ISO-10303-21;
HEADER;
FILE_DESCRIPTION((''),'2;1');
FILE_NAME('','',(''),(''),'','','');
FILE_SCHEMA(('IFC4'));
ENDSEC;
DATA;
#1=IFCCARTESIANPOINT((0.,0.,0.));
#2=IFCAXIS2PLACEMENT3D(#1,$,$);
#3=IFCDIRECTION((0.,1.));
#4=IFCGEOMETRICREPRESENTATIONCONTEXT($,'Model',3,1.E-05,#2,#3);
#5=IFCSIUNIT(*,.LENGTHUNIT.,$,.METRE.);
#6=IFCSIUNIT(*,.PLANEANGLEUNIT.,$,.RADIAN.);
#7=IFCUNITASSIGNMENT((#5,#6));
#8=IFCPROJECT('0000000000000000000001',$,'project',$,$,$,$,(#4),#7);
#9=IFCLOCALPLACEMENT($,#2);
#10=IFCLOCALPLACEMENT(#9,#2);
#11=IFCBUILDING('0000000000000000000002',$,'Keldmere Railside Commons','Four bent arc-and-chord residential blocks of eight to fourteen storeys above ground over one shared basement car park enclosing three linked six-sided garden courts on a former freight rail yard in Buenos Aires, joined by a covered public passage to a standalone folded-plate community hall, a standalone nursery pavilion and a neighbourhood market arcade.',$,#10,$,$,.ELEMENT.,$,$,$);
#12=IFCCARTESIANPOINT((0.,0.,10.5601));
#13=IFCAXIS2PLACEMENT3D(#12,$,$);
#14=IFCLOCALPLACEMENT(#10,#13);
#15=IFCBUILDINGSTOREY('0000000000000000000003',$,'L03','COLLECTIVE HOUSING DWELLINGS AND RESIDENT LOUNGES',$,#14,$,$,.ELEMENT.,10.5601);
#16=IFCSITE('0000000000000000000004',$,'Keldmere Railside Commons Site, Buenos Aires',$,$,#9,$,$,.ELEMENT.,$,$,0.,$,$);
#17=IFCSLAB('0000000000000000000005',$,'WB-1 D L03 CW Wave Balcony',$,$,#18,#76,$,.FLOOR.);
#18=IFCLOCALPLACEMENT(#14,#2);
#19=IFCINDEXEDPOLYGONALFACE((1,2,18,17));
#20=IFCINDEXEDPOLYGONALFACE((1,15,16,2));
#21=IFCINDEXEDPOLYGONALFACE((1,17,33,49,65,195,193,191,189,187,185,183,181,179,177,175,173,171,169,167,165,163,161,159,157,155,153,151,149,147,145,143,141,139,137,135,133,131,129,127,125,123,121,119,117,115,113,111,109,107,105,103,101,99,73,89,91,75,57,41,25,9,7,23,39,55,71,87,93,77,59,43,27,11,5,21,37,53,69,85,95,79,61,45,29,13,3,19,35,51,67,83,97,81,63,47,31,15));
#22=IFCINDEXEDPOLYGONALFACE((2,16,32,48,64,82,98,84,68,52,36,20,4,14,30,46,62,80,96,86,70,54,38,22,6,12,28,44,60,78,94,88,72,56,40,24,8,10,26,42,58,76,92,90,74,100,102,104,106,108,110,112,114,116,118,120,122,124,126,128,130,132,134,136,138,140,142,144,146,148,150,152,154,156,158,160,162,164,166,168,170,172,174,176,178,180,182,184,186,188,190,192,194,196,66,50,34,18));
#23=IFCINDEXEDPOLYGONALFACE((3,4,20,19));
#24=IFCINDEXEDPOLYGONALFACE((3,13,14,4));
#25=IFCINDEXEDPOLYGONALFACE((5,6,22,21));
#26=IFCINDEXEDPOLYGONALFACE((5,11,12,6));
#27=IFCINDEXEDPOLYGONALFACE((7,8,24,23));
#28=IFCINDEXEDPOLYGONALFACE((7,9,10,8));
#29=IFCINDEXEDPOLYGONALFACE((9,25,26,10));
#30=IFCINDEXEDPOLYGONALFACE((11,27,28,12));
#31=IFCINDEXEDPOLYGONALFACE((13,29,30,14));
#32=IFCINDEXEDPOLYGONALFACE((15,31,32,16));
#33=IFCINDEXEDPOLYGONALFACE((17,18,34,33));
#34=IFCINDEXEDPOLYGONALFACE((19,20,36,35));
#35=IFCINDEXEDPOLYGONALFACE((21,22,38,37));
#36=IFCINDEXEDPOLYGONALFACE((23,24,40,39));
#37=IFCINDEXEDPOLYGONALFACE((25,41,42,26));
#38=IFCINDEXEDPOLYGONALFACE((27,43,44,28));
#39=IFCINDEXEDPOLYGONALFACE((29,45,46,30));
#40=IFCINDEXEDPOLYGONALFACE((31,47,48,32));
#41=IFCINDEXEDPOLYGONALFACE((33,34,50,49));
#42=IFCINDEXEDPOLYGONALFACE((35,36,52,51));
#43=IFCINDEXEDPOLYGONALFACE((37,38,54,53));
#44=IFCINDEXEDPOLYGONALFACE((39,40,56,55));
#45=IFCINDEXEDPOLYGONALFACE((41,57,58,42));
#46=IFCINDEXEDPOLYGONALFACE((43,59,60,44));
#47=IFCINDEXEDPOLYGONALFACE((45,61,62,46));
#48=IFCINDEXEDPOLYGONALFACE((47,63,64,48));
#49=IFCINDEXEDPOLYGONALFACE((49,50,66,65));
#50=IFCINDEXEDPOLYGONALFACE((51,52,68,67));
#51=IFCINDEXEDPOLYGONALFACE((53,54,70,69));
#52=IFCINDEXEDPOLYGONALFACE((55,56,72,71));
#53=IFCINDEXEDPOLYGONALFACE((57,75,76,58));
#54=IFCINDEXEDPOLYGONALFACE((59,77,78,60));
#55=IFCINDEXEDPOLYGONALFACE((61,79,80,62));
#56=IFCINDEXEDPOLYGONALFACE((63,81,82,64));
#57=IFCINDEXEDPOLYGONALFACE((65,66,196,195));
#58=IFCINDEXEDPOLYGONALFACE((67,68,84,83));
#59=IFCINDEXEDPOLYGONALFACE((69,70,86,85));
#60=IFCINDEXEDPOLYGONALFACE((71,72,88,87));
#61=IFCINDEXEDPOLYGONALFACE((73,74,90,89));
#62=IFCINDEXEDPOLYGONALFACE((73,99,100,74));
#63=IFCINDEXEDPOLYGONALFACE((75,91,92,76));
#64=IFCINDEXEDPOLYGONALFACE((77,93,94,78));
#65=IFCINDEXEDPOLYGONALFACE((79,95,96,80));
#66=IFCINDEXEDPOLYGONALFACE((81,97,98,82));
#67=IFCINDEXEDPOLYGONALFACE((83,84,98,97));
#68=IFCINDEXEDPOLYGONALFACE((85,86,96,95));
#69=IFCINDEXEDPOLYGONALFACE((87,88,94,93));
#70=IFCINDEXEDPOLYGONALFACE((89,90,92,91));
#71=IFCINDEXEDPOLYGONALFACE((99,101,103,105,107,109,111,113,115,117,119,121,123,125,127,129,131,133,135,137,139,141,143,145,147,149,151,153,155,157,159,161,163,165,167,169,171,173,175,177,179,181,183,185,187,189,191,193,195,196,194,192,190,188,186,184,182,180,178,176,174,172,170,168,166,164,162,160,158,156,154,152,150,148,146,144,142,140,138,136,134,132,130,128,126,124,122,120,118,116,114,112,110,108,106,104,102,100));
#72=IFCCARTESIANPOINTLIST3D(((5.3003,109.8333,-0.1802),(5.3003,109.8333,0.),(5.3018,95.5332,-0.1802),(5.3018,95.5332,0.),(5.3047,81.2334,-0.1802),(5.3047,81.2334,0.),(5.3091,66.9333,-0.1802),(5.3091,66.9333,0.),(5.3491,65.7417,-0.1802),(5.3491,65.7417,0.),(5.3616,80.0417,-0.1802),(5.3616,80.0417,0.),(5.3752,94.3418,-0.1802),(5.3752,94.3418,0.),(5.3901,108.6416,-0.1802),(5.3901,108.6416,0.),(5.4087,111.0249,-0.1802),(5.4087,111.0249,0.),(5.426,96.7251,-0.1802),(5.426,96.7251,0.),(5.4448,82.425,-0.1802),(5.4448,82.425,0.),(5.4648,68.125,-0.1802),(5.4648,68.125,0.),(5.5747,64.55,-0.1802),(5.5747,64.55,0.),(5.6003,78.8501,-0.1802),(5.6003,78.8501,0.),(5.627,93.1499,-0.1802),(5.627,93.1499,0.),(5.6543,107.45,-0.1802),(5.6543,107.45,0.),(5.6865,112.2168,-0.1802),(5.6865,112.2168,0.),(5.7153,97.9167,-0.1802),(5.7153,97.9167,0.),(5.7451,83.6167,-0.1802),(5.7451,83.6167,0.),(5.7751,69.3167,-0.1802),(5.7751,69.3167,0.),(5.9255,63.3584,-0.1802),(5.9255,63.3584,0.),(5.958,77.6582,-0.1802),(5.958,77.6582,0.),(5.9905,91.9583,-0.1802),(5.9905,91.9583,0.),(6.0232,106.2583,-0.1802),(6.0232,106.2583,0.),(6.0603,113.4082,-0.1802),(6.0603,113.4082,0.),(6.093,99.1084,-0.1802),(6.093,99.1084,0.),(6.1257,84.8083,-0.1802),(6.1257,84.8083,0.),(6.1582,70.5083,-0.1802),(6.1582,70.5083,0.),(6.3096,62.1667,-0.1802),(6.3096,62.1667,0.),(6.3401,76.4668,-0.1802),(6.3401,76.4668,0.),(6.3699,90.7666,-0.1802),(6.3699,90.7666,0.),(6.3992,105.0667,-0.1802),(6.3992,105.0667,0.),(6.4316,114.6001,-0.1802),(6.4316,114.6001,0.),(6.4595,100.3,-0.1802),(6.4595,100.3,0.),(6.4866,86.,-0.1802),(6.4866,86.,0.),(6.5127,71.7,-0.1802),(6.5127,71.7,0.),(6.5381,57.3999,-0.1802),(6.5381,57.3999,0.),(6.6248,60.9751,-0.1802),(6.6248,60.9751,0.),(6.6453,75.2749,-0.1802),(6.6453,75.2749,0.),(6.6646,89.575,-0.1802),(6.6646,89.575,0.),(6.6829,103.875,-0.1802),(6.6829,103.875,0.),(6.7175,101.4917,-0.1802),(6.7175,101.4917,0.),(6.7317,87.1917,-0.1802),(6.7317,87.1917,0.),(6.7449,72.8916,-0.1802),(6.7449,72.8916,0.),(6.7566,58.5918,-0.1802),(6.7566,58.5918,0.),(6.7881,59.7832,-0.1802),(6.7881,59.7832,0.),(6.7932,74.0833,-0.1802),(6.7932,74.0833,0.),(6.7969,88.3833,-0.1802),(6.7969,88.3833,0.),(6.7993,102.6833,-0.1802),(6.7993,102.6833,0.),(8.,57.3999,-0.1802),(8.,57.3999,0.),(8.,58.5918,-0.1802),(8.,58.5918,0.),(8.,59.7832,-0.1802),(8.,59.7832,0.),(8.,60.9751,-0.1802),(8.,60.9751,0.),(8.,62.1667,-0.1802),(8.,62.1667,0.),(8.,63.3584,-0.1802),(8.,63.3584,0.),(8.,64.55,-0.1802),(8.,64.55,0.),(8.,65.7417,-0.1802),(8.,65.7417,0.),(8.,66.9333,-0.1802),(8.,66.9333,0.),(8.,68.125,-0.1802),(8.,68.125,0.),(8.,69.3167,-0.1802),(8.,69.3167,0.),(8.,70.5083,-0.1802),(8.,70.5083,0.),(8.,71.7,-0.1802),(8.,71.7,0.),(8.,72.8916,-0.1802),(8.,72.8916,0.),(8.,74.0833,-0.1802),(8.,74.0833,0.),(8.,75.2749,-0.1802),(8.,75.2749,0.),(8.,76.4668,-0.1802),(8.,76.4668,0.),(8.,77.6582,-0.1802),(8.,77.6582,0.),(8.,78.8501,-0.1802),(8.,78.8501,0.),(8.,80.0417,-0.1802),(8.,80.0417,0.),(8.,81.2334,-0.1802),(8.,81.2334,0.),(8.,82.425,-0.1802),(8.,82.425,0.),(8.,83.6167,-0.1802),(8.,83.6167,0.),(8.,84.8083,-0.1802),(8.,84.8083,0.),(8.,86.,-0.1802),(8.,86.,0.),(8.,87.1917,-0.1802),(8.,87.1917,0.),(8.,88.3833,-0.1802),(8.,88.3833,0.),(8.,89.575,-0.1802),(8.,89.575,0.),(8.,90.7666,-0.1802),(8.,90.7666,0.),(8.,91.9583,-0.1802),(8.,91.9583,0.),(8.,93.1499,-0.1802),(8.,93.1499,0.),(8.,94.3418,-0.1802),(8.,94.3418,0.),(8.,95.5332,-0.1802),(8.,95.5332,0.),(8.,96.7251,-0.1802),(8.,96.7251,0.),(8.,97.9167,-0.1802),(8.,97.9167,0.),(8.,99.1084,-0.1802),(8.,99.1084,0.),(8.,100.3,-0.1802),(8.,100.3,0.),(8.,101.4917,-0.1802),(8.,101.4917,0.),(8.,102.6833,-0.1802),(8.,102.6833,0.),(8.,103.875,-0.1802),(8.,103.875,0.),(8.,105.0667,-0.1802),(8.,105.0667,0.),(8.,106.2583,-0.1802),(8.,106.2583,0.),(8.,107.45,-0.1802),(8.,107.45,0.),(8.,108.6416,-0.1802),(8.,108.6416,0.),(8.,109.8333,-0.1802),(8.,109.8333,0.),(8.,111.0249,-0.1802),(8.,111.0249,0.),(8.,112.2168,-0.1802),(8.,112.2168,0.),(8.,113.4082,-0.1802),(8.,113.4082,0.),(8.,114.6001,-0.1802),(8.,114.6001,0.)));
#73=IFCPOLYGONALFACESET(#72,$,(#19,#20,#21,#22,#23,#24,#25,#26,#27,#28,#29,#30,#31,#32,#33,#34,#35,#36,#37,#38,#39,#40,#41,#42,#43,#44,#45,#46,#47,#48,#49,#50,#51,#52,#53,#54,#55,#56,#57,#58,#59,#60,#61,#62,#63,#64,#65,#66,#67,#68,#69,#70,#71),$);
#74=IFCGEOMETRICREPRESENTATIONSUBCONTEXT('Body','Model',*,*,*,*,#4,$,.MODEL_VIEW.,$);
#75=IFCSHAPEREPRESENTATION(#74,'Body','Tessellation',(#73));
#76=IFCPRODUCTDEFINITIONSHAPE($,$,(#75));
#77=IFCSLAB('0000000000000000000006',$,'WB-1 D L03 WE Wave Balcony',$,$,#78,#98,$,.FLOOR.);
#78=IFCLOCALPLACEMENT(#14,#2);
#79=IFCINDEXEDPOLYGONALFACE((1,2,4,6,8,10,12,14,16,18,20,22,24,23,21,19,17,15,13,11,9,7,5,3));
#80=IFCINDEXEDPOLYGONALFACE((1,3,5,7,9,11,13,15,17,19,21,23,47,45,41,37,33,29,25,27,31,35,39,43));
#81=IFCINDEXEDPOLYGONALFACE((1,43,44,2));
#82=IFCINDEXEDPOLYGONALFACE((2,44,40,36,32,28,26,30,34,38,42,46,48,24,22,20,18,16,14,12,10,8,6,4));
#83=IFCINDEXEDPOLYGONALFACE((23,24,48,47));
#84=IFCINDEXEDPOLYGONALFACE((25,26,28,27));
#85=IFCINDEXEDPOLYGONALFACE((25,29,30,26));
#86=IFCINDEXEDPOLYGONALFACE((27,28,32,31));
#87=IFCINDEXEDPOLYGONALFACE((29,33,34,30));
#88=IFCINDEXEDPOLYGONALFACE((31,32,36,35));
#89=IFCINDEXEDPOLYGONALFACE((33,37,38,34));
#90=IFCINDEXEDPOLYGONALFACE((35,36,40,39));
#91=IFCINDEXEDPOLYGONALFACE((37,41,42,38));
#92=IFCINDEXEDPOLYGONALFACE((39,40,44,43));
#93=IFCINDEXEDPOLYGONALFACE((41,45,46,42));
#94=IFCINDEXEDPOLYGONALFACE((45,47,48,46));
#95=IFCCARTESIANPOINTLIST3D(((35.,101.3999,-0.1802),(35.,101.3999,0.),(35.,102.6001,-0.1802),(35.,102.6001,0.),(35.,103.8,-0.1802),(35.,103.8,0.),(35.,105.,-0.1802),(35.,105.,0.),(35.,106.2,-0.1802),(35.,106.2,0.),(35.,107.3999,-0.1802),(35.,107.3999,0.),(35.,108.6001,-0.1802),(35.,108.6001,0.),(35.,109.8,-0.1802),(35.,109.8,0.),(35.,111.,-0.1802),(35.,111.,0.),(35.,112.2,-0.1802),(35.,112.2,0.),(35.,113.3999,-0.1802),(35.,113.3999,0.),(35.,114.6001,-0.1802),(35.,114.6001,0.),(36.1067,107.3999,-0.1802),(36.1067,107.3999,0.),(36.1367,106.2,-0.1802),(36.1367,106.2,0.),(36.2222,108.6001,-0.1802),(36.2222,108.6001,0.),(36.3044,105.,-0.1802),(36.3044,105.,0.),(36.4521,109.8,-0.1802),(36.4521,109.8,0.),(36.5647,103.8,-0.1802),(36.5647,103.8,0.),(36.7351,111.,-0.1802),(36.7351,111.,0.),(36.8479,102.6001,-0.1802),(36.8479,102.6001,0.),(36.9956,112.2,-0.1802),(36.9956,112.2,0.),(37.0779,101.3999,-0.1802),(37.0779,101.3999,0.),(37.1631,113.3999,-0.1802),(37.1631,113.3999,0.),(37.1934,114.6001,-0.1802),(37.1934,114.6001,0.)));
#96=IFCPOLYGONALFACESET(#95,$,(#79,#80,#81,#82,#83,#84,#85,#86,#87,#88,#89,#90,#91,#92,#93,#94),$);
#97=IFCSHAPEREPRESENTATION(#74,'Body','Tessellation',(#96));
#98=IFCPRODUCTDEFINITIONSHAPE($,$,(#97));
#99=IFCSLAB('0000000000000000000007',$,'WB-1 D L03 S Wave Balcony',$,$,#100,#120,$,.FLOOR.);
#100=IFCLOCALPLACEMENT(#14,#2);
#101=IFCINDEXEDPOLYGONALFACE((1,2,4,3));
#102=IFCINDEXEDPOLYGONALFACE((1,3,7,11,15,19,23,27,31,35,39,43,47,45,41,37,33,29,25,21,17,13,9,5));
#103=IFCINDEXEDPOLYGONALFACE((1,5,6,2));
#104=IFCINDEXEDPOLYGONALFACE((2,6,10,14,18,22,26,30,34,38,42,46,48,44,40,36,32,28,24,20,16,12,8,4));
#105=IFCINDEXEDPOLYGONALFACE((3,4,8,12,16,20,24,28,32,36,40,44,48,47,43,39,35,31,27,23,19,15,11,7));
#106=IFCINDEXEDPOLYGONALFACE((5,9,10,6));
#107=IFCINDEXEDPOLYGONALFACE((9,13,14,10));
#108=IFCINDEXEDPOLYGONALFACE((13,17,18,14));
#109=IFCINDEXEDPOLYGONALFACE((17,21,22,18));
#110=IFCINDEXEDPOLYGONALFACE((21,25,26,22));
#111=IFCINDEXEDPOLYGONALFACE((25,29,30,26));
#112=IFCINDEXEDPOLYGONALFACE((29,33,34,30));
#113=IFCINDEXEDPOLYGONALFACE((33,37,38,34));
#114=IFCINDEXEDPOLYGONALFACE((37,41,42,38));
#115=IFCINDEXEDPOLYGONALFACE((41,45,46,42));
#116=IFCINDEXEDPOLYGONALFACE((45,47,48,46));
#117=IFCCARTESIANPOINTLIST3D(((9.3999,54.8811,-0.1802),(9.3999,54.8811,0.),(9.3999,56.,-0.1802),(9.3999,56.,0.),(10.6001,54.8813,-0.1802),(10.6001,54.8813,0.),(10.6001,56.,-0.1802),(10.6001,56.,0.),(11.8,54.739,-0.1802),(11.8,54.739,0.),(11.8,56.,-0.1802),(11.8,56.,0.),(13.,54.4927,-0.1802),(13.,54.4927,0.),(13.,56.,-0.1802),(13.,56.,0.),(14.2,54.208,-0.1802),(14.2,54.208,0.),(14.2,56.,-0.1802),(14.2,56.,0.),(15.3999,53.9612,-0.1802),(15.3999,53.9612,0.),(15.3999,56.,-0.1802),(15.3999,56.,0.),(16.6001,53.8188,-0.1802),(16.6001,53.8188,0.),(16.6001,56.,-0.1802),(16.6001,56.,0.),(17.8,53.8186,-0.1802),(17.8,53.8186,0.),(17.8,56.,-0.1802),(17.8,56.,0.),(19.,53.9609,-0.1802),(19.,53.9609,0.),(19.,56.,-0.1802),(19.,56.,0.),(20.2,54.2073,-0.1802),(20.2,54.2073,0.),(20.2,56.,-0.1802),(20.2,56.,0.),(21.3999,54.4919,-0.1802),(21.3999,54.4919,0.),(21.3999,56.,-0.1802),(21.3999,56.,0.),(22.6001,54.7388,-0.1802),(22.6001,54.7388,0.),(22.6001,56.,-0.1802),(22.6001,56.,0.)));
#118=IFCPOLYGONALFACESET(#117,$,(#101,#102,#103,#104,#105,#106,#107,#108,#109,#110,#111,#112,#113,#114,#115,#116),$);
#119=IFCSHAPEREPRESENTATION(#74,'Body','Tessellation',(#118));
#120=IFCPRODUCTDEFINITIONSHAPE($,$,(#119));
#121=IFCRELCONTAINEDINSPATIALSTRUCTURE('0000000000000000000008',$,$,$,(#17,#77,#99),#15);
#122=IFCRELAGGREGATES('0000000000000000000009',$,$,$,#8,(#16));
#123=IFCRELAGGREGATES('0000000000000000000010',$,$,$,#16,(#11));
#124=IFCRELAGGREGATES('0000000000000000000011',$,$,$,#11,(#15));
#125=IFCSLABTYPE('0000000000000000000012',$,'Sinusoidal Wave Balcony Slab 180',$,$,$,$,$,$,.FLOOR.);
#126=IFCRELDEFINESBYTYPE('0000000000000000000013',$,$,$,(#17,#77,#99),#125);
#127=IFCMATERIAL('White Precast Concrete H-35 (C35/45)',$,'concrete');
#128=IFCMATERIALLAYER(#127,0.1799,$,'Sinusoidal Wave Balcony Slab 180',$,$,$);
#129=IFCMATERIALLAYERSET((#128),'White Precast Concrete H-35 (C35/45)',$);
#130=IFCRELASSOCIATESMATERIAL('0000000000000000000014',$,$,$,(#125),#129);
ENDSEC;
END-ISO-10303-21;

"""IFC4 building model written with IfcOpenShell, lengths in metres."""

from ifc_helpers import new_model, si_unit, direction, frame, origin, place, context, subcontext, project, spatial, polyline, outline, extrude, material, layer, layer_set, type_object, element, save


model = new_model("IFC4")

# Units and contexts
model_context = context("Model", 3, precision=1e-05, world=origin(), true_north=direction((0.0, 1.0)))
body_context = subcontext(model_context, "Body", "Model", "MODEL_VIEW")
ifc_project = project(units=[si_unit("LENGTHUNIT", "METRE"), si_unit("PLANEANGLEUNIT", "RADIAN")], contexts=[model_context])

# Site, building, storey
site_placement = place(None, origin())
site = spatial("IfcSite", under=ifc_project, at=site_placement, Name="Keldmere Railside Commons Site, Buenos Aires", CompositionType="ELEMENT", RefElevation=0.0)
building_placement = place(site_placement, origin())
building = spatial("IfcBuilding", under=site, at=building_placement, Name="Keldmere Railside Commons", Description="Four bent arc-and-chord residential blocks of eight to fourteen storeys above ground over one shared basement car park enclosing three linked six-sided garden courts on a former freight rail yard in Buenos Aires, joined by a covered public passage to a standalone folded-plate community hall, a standalone nursery pavilion and a neighbourhood market arcade.", CompositionType="ELEMENT")
storey_placement = place(building_placement, frame((0.0, 0.0, 10.5601)))
storey = spatial("IfcBuildingStorey", under=building, at=storey_placement, Name="L03", Description="COLLECTIVE HOUSING DWELLINGS AND RESIDENT LOUNGES", CompositionType="ELEMENT", Elevation=10.5601)

# Slabs
ifc_material_1 = material(Name="White Precast Concrete H-35 (C35/45)", Category="concrete")
ifc_layer_1 = layer(ifc_material_1, 0.1799, Name="Sinusoidal Wave Balcony Slab 180")
ifc_layer_set_1 = layer_set([ifc_layer_1], Name="White Precast Concrete H-35 (C35/45)")
slab_type_1 = type_object("IfcSlabType", Name="Sinusoidal Wave Balcony Slab 180", PredefinedType="FLOOR", material=ifc_layer_set_1)
slab_1_placement = place(storey_placement, frame((0.0, 0.0, -0.1802)))
element("IfcSlab", 1, at=slab_1_placement, inside=storey, type_object=slab_type_1, Name="WB-1 D L03 CW Wave Balcony", PredefinedType="FLOOR", context=body_context, shape_type="SweptSolid", body=[
    extrude(outline(polyline([(8.0, 57.3999), (8.0, 58.5918), (8.0, 59.7832), (8.0, 60.9751), (8.0, 62.1667), (8.0, 63.3584), (8.0, 64.55), (8.0, 65.7417), (8.0, 66.9333), (8.0, 68.125), (8.0, 69.3167), (8.0, 70.5083), (8.0, 71.7), (8.0, 72.8916), (8.0, 74.0833), (8.0, 75.2749), (8.0, 76.4668), (8.0, 77.6582), (8.0, 78.8501), (8.0, 80.0417), (8.0, 81.2334), (8.0, 82.425), (8.0, 83.6167), (8.0, 84.8083), (8.0, 86.0), (8.0, 87.1917), (8.0, 88.3833), (8.0, 89.575), (8.0, 90.7666), (8.0, 91.9583), (8.0, 93.1499), (8.0, 94.3418), (8.0, 95.5332), (8.0, 96.7251), (8.0, 97.9167), (8.0, 99.1084), (8.0, 100.3), (8.0, 101.4917), (8.0, 102.6833), (8.0, 103.875), (8.0, 105.0667), (8.0, 106.2583), (8.0, 107.45), (8.0, 108.6416), (8.0, 109.8333), (8.0, 111.0249), (8.0, 112.2168), (8.0, 113.4082), (8.0, 114.6001), (6.4316, 114.6001), (6.0603, 113.4082), (5.6865, 112.2168), (5.4087, 111.0249), (5.3003, 109.8333), (5.3901, 108.6416), (5.6543, 107.45), (6.0232, 106.2583), (6.3992, 105.0667), (6.6829, 103.875), (6.7993, 102.6833), (6.7175, 101.4917), (6.4595, 100.3), (6.093, 99.1084), (5.7153, 97.9167), (5.426, 96.7251), (5.3018, 95.5332), (5.3752, 94.3418), (5.627, 93.1499), (5.9905, 91.9583), (6.3699, 90.7666), (6.6646, 89.575), (6.7969, 88.3833), (6.7317, 87.1917), (6.4866, 86.0), (6.1257, 84.8083), (5.7451, 83.6167), (5.4448, 82.425), (5.3047, 81.2334), (5.3616, 80.0417), (5.6003, 78.8501), (5.958, 77.6582), (6.3401, 76.4668), (6.6453, 75.2749), (6.7932, 74.0833), (6.7449, 72.8916), (6.5127, 71.7), (6.1582, 70.5083), (5.7751, 69.3167), (5.4648, 68.125), (5.3091, 66.9333), (5.3491, 65.7417), (5.5747, 64.55), (5.9255, 63.3584), (6.3096, 62.1667), (6.6248, 60.9751), (6.7881, 59.7832), (6.7566, 58.5918), (6.5381, 57.3999), (8.0, 57.3999)])), origin(), (0.0, 0.0, 1.0), 0.1802),
])
slab_2_placement = place(storey_placement, frame((0.0, 0.0, -0.1802)))
element("IfcSlab", 2, at=slab_2_placement, inside=storey, type_object=slab_type_1, Name="WB-1 D L03 WE Wave Balcony", PredefinedType="FLOOR", context=body_context, shape_type="SweptSolid", body=[
    extrude(outline(polyline([(37.0779, 101.3999), (36.8479, 102.6001), (36.5647, 103.8), (36.3044, 105.0), (36.1367, 106.2), (36.1067, 107.3999), (36.2222, 108.6001), (36.4521, 109.8), (36.7351, 111.0), (36.9956, 112.2), (37.1631, 113.3999), (37.1934, 114.6001), (35.0, 114.6001), (35.0, 113.3999), (35.0, 112.2), (35.0, 111.0), (35.0, 109.8), (35.0, 108.6001), (35.0, 107.3999), (35.0, 106.2), (35.0, 105.0), (35.0, 103.8), (35.0, 102.6001), (35.0, 101.3999), (37.0779, 101.3999)])), origin(), (0.0, 0.0, 1.0), 0.1802),
])
slab_3_placement = place(storey_placement, frame((0.0, 0.0, -0.1802)))
element("IfcSlab", 3, at=slab_3_placement, inside=storey, type_object=slab_type_1, Name="WB-1 D L03 S Wave Balcony", PredefinedType="FLOOR", context=body_context, shape_type="SweptSolid", body=[
    extrude(outline(polyline([(9.3999, 54.8811), (10.6001, 54.8813), (11.8, 54.739), (13.0, 54.4927), (14.2, 54.208), (15.3999, 53.9612), (16.6001, 53.8188), (17.8, 53.8186), (19.0, 53.9609), (20.2, 54.2073), (21.3999, 54.4919), (22.6001, 54.7388), (22.6001, 56.0), (21.3999, 56.0), (20.2, 56.0), (19.0, 56.0), (17.8, 56.0), (16.6001, 56.0), (15.3999, 56.0), (14.2, 56.0), (13.0, 56.0), (11.8, 56.0), (10.6001, 56.0), (9.3999, 56.0), (9.3999, 54.8811)])), origin(), (0.0, 0.0, 1.0), 0.1802),
])

save(model, "model.ifc")
